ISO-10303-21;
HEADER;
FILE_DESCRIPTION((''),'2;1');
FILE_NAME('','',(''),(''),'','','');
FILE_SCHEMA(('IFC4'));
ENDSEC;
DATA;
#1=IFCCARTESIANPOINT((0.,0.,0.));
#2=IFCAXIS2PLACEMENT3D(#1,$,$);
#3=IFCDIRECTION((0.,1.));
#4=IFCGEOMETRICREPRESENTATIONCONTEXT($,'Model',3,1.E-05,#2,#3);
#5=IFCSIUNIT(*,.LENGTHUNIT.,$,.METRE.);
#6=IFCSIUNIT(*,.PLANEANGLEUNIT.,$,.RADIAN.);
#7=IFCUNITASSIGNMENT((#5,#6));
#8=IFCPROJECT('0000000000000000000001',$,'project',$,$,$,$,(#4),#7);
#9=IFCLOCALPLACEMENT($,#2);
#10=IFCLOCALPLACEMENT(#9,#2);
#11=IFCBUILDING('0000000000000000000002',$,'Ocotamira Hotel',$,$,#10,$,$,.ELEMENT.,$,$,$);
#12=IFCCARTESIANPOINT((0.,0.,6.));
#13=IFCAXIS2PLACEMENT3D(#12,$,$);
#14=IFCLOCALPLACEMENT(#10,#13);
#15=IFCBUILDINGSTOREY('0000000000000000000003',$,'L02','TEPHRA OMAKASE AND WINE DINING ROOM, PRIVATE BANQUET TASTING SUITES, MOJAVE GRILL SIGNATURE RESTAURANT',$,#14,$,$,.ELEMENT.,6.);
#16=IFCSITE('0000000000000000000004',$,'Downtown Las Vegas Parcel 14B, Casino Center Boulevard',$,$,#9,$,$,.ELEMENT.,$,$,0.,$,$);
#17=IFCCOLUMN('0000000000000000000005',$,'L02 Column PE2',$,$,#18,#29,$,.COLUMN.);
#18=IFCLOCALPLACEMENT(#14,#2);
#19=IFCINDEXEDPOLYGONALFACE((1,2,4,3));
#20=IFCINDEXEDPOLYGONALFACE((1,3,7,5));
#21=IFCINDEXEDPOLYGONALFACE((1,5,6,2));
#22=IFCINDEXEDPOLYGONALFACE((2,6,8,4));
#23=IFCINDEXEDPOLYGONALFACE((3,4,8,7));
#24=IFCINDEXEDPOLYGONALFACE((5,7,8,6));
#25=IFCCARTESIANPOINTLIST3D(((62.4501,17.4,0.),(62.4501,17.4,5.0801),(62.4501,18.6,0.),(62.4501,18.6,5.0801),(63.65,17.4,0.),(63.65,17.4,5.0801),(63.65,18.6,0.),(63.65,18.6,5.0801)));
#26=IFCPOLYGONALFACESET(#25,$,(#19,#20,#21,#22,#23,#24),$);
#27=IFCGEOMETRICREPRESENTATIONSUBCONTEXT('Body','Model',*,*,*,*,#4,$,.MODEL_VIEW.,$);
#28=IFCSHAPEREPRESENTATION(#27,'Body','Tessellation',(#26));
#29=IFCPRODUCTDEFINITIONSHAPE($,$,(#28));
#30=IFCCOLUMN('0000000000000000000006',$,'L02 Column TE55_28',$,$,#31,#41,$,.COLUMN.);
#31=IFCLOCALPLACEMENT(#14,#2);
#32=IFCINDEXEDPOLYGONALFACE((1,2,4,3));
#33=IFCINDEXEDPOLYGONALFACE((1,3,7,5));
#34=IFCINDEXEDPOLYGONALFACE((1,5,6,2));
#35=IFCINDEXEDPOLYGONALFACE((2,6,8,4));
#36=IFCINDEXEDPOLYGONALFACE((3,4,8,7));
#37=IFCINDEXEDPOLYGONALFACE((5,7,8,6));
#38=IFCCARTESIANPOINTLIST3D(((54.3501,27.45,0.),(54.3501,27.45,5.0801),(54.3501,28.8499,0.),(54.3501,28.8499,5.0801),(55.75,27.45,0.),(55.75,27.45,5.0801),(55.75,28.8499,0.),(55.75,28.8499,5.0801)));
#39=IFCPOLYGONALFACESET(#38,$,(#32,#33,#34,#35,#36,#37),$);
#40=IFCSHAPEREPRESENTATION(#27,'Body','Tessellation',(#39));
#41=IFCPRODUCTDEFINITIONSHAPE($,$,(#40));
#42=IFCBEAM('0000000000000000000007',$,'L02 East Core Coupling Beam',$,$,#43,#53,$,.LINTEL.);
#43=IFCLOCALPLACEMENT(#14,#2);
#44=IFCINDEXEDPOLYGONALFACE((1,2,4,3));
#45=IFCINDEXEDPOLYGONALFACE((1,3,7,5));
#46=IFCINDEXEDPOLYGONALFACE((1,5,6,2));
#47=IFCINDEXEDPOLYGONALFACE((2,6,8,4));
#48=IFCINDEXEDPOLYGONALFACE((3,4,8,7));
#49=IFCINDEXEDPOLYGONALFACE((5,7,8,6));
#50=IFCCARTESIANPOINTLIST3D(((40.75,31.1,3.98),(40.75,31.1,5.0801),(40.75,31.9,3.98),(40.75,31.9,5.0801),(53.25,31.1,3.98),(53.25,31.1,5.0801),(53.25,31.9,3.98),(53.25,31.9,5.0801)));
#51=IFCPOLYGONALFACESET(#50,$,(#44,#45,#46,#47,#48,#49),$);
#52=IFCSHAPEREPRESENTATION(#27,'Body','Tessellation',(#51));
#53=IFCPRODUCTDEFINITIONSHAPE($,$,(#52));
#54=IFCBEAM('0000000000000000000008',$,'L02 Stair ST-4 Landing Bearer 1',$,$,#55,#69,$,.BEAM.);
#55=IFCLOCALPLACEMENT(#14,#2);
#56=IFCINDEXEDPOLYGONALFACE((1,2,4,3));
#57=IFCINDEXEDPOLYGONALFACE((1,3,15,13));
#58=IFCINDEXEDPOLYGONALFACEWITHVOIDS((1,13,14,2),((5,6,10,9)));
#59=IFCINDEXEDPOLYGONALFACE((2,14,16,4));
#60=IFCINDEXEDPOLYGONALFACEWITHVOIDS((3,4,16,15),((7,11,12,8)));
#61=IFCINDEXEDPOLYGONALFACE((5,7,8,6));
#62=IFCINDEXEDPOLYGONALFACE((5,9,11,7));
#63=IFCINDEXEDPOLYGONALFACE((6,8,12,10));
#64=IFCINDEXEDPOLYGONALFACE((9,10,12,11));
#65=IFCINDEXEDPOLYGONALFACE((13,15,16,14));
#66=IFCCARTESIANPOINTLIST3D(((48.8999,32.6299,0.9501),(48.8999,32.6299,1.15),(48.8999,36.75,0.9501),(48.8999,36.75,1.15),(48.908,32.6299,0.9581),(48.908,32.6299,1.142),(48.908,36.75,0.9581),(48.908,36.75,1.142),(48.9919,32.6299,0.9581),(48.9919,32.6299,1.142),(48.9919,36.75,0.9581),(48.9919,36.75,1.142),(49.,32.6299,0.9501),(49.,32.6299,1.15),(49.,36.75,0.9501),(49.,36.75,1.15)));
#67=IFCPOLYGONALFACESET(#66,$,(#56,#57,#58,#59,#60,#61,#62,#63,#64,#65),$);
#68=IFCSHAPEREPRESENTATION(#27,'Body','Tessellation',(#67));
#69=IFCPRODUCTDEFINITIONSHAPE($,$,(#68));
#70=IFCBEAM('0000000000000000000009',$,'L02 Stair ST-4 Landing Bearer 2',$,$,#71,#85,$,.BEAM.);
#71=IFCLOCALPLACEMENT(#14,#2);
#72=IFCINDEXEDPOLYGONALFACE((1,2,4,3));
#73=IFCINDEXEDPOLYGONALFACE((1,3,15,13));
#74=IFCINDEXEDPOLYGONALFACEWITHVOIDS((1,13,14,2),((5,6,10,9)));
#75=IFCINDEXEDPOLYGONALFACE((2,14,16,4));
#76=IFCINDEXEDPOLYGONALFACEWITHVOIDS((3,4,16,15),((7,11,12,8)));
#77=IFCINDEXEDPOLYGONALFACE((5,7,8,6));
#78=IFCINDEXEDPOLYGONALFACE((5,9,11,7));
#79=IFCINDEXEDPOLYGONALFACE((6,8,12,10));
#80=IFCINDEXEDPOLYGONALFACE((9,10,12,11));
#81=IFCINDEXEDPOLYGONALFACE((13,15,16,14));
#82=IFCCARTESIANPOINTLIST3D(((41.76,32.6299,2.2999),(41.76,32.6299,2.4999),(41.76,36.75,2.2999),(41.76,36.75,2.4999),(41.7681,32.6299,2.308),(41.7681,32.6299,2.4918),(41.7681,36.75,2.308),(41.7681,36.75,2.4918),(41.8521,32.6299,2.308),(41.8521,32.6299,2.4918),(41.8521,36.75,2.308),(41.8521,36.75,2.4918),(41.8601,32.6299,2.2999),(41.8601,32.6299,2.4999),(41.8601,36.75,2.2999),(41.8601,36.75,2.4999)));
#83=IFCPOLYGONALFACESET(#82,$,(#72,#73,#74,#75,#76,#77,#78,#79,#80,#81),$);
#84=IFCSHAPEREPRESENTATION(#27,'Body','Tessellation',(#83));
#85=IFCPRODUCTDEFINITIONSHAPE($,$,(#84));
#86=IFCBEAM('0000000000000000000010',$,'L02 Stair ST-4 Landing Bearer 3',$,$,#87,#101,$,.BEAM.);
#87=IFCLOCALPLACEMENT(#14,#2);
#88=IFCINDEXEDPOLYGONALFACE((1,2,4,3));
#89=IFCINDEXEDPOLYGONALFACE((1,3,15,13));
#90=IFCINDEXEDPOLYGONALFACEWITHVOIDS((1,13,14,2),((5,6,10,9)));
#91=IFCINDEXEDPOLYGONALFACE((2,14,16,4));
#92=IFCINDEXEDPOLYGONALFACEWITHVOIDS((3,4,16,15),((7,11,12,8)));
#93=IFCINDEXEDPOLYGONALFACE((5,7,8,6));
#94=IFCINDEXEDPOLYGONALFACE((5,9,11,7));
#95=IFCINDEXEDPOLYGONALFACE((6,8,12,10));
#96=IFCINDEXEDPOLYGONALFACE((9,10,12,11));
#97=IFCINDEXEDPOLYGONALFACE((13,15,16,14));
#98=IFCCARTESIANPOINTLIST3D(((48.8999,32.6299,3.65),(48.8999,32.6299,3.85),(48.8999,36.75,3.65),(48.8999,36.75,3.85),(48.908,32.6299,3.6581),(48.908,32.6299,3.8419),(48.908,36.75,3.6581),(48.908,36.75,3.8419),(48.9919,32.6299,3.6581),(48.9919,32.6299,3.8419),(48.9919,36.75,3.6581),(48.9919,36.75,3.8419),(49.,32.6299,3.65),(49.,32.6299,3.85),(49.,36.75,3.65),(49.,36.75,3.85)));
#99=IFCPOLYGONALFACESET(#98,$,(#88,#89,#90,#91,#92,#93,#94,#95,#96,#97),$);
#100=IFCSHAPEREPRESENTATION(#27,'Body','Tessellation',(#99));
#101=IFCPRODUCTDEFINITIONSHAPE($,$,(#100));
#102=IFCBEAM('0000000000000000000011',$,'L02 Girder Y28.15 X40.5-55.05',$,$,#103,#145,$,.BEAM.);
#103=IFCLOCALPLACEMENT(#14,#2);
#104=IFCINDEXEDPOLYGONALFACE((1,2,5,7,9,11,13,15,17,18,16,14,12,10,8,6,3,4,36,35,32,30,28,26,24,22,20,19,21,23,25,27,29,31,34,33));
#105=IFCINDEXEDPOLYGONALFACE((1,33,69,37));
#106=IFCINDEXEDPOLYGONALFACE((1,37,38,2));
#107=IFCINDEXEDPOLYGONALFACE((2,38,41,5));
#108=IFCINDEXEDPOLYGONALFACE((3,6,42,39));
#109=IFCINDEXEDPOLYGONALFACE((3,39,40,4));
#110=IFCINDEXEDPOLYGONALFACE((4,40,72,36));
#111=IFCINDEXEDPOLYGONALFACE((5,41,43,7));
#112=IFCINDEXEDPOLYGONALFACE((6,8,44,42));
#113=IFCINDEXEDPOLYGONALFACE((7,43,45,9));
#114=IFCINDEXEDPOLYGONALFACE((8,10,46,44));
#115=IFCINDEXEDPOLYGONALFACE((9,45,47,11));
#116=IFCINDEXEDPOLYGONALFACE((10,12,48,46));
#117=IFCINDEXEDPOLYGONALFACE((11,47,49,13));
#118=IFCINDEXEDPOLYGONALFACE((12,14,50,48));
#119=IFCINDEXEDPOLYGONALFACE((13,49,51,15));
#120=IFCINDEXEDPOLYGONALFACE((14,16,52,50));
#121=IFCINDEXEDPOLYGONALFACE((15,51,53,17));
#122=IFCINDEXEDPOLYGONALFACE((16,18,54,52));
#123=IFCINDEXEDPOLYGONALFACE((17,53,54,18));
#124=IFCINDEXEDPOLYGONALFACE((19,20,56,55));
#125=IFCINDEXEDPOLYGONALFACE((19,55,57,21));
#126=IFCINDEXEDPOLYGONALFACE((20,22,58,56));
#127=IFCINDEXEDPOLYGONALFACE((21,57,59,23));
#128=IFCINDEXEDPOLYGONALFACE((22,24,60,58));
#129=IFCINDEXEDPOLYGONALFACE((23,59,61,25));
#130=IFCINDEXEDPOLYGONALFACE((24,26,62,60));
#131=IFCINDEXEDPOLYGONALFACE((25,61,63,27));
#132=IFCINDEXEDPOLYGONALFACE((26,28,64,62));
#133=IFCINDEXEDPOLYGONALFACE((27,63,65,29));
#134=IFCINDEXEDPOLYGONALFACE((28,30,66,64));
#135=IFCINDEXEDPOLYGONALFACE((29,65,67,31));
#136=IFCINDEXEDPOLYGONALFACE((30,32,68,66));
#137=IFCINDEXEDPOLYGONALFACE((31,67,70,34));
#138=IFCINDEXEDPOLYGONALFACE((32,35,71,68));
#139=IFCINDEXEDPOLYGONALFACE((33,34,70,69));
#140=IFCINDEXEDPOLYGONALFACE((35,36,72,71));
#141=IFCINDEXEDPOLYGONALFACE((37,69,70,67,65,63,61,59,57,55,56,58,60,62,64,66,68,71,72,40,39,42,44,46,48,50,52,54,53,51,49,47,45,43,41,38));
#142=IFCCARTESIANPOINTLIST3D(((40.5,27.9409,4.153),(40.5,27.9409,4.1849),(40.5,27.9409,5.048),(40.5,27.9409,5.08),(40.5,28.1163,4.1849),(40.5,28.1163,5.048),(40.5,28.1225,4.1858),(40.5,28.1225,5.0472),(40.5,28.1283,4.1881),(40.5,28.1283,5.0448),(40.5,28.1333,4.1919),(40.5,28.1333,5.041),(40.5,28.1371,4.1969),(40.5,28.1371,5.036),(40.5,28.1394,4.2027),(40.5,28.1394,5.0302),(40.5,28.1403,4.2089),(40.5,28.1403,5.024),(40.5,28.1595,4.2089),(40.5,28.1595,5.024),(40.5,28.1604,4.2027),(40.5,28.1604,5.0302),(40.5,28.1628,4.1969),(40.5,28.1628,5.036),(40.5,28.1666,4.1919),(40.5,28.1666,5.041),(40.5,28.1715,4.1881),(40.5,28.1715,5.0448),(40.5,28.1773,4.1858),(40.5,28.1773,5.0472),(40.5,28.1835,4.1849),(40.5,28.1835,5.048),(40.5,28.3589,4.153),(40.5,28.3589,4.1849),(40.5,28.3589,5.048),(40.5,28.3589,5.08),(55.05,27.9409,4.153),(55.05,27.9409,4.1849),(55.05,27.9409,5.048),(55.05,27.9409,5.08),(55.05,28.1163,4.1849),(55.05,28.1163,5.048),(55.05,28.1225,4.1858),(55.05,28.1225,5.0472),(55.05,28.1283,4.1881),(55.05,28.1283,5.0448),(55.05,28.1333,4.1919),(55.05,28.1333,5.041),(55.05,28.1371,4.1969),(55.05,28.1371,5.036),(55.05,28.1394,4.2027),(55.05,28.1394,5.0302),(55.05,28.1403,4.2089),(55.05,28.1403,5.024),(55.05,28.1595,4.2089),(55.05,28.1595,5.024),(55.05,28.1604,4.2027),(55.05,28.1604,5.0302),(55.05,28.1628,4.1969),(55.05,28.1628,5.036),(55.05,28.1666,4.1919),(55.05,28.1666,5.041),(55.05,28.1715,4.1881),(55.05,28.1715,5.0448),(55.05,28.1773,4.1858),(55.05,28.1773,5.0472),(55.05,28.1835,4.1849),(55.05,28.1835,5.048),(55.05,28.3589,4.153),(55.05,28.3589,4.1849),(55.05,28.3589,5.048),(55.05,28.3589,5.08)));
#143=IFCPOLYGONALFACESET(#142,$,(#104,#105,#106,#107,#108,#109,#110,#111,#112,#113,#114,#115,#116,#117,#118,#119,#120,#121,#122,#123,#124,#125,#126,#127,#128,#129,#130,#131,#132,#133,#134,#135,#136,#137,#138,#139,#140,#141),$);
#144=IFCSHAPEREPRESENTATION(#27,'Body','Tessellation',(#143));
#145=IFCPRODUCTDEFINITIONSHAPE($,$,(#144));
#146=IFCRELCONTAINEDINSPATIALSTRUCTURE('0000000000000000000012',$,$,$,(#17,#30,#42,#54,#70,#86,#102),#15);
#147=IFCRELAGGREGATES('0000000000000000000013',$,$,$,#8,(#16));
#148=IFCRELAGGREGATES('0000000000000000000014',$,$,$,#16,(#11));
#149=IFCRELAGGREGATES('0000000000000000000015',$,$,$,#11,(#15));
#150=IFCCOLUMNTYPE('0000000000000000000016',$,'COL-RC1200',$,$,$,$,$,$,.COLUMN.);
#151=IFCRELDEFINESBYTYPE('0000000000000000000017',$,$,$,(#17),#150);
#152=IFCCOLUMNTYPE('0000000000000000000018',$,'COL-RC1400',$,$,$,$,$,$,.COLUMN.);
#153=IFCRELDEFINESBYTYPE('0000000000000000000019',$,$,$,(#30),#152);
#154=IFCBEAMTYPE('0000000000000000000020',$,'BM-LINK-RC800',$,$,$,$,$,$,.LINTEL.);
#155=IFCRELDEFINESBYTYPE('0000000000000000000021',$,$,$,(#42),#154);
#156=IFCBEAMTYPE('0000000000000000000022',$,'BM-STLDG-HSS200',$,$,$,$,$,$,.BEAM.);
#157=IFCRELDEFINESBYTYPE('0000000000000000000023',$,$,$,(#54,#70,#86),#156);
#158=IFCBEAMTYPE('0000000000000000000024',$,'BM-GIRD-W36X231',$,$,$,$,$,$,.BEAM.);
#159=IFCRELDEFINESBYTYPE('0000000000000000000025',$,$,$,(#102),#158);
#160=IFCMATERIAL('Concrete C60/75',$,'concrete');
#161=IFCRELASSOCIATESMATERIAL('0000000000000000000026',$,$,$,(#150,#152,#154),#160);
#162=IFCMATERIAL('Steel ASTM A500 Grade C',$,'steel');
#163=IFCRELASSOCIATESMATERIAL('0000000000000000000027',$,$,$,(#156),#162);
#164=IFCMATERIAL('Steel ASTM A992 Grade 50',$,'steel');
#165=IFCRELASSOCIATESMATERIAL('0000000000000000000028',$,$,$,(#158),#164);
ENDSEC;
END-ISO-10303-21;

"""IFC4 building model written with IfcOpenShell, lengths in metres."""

from ifc_helpers import new_model, si_unit, direction, frame, origin, origin_2d, place, context, subcontext, project, spatial, rectangle, hollow_rectangle, i_section, extrude, source, transform, mapped, material, material_profile, profile_set, type_object, element, save


model = new_model("IFC4")

# Units and contexts
model_context = context("Model", 3, precision=1e-05, world=origin(), true_north=direction((0.0, 1.0)))
body_context = subcontext(model_context, "Body", "Model", "MODEL_VIEW")
ifc_project = project(units=[si_unit("LENGTHUNIT", "METRE"), si_unit("PLANEANGLEUNIT", "RADIAN")], contexts=[model_context])

# Site, building, storey
site_placement = place(None, origin())
site = spatial("IfcSite", under=ifc_project, at=site_placement, Name="Downtown Las Vegas Parcel 14B, Casino Center Boulevard", CompositionType="ELEMENT", RefElevation=0.0)
building_placement = place(site_placement, origin())
building = spatial("IfcBuilding", under=site, at=building_placement, Name="Ocotamira Hotel", CompositionType="ELEMENT")
storey_placement = place(building_placement, frame((0.0, 0.0, 6.0)))
storey = spatial("IfcBuildingStorey", under=building, at=storey_placement, Name="L02", Description="TEPHRA OMAKASE AND WINE DINING ROOM, PRIVATE BANQUET TASTING SUITES, MOJAVE GRILL SIGNATURE RESTAURANT", CompositionType="ELEMENT", Elevation=6.0)

# Columns
ifc_material_1 = material(Name="Concrete C60/75", Category="concrete")
ifc_material_profile_1 = material_profile(ifc_material_1, rectangle(XDim=1.2, YDim=1.2, at=origin_2d()), Name="RC1200X1200")
ifc_profile_set_1 = profile_set([ifc_material_profile_1], Name="Concrete C60/75")
column_type_1 = type_object("IfcColumnType", Name="COL-RC1200", PredefinedType="COLUMN", material=ifc_profile_set_1)
shared_shape_1 = source(origin(), body_context, "Body", "SweptSolid", [
    extrude(rectangle(XDim=1.2, YDim=1.2, at=origin_2d()), origin(), (0.0, 0.0, 1.0), 5.0801),
])
column_1_placement = place(storey_placement, frame((63.05, 18.0, 0.0), z_axis=(0.0, 0.0, 1.0), x_axis=(1.0, 0.0, 0.0)))
element("IfcColumn", 1, at=column_1_placement, inside=storey, type_object=column_type_1, Name="L02 Column PE2", PredefinedType="COLUMN", context=body_context, shape_type="MappedRepresentation", body=[
    mapped(shared_shape_1, transform((0.0, 0.0, 0.0), scale=1.0)),
])
ifc_material_profile_2 = material_profile(ifc_material_1, rectangle(XDim=1.3999, YDim=1.3999, at=origin_2d()), Name="RC1400X1400")
ifc_profile_set_2 = profile_set([ifc_material_profile_2], Name="Concrete C60/75")
column_type_2 = type_object("IfcColumnType", Name="COL-RC1400", PredefinedType="COLUMN", material=ifc_profile_set_2)
shared_shape_2 = source(origin(), body_context, "Body", "SweptSolid", [
    extrude(rectangle(XDim=1.3999, YDim=1.3999, at=origin_2d()), origin(), (0.0, 0.0, 1.0), 5.0801),
])
column_2_placement = place(storey_placement, frame((55.05, 28.1499, 0.0), z_axis=(0.0, 0.0, 1.0), x_axis=(1.0, 0.0, 0.0)))
element("IfcColumn", 2, at=column_2_placement, inside=storey, type_object=column_type_2, Name="L02 Column TE55_28", PredefinedType="COLUMN", context=body_context, shape_type="MappedRepresentation", body=[
    mapped(shared_shape_2, transform((0.0, 0.0, 0.0), scale=1.0)),
])

# Beams
ifc_material_profile_3 = material_profile(ifc_material_1, rectangle(XDim=0.8, YDim=1.1001, at=origin_2d()), Name="RC800X1100")
ifc_profile_set_3 = profile_set([ifc_material_profile_3], Name="Concrete C60/75")
beam_type_1 = type_object("IfcBeamType", Name="BM-LINK-RC800", PredefinedType="LINTEL", material=ifc_profile_set_3)
shared_shape_3 = source(origin(), body_context, "Body", "SweptSolid", [
    extrude(rectangle(XDim=0.8, YDim=1.1001, at=origin_2d()), origin(), (0.0, 0.0, 1.0), 12.5),
])
beam_1_placement = place(storey_placement, frame((40.75, 31.5, 4.53), z_axis=(1.0, 0.0, 0.0), x_axis=(0.0, 1.0, 0.0)))
element("IfcBeam", 3, at=beam_1_placement, inside=storey, type_object=beam_type_1, Name="L02 East Core Coupling Beam", PredefinedType="LINTEL", context=body_context, shape_type="MappedRepresentation", body=[
    mapped(shared_shape_3, transform((0.0, 0.0, 0.0), scale=1.0)),
])
ifc_material_2 = material(Name="Steel ASTM A500 Grade C", Category="steel")
ifc_material_profile_4 = material_profile(ifc_material_2, hollow_rectangle(XDim=0.1001, YDim=0.2, WallThickness=0.0081, at=origin_2d()), Name="HSS200X100X8")
ifc_profile_set_4 = profile_set([ifc_material_profile_4], Name="Steel ASTM A500 Grade C")
beam_type_2 = type_object("IfcBeamType", Name="BM-STLDG-HSS200", PredefinedType="BEAM", material=ifc_profile_set_4)
shared_shape_4 = source(origin(), body_context, "Body", "SweptSolid", [
    extrude(hollow_rectangle(XDim=0.1001, YDim=0.2, WallThickness=0.0081, at=origin_2d()), origin(), (0.0, 0.0, 1.0), 4.1201),
])
for number, where, z_axis, x_axis, name in (
    (4, (48.95, 32.6299, 1.05), (0.0, 1.0, 0.0), (-1.0, 0.0, 0.0), "L02 Stair ST-4 Landing Bearer 1"),
    (5, (41.8101, 32.6299, 2.3999), (0.0, 1.0, 0.0), (-1.0, 0.0, 0.0), "L02 Stair ST-4 Landing Bearer 2"),
    (6, (48.95, 32.6299, 3.75), (0.0, 1.0, 0.0), (-1.0, 0.0, 0.0), "L02 Stair ST-4 Landing Bearer 3"),
):
    element("IfcBeam", number, at=place(storey_placement, frame(where, z_axis=z_axis, x_axis=x_axis)), inside=storey, type_object=beam_type_2, Name=name, PredefinedType="BEAM", context=body_context, shape_type="MappedRepresentation", body=[
        mapped(shared_shape_4, transform((0.0, 0.0, 0.0), scale=1.0)),
    ])
ifc_material_3 = material(Name="Steel ASTM A992 Grade 50", Category="steel")
ifc_material_profile_5 = material_profile(ifc_material_3, i_section(OverallWidth=0.418, OverallDepth=0.927, WebThickness=0.0193, FlangeThickness=0.032, FilletRadius=0.0239, at=origin_2d()), Name="W36X231")
ifc_profile_set_5 = profile_set([ifc_material_profile_5], Name="Steel ASTM A992 Grade 50")
beam_type_3 = type_object("IfcBeamType", Name="BM-GIRD-W36X231", PredefinedType="BEAM", material=ifc_profile_set_5)
shared_shape_5 = source(origin(), body_context, "Body", "SweptSolid", [
    extrude(i_section(OverallWidth=0.418, OverallDepth=0.927, WebThickness=0.0193, FlangeThickness=0.032, FilletRadius=0.0239, at=origin_2d()), origin(), (0.0, 0.0, 1.0), 14.55),
])
beam_2_placement = place(storey_placement, frame((40.5, 28.1499, 4.6165), z_axis=(1.0, 0.0, 0.0), x_axis=(0.0, 1.0, 0.0)))
element("IfcBeam", 7, at=beam_2_placement, inside=storey, type_object=beam_type_3, Name="L02 Girder Y28.15 X40.5-55.05", PredefinedType="BEAM", context=body_context, shape_type="MappedRepresentation", body=[
    mapped(shared_shape_5, transform((0.0, 0.0, 0.0), scale=1.0)),
])

save(model, "model.ifc")
